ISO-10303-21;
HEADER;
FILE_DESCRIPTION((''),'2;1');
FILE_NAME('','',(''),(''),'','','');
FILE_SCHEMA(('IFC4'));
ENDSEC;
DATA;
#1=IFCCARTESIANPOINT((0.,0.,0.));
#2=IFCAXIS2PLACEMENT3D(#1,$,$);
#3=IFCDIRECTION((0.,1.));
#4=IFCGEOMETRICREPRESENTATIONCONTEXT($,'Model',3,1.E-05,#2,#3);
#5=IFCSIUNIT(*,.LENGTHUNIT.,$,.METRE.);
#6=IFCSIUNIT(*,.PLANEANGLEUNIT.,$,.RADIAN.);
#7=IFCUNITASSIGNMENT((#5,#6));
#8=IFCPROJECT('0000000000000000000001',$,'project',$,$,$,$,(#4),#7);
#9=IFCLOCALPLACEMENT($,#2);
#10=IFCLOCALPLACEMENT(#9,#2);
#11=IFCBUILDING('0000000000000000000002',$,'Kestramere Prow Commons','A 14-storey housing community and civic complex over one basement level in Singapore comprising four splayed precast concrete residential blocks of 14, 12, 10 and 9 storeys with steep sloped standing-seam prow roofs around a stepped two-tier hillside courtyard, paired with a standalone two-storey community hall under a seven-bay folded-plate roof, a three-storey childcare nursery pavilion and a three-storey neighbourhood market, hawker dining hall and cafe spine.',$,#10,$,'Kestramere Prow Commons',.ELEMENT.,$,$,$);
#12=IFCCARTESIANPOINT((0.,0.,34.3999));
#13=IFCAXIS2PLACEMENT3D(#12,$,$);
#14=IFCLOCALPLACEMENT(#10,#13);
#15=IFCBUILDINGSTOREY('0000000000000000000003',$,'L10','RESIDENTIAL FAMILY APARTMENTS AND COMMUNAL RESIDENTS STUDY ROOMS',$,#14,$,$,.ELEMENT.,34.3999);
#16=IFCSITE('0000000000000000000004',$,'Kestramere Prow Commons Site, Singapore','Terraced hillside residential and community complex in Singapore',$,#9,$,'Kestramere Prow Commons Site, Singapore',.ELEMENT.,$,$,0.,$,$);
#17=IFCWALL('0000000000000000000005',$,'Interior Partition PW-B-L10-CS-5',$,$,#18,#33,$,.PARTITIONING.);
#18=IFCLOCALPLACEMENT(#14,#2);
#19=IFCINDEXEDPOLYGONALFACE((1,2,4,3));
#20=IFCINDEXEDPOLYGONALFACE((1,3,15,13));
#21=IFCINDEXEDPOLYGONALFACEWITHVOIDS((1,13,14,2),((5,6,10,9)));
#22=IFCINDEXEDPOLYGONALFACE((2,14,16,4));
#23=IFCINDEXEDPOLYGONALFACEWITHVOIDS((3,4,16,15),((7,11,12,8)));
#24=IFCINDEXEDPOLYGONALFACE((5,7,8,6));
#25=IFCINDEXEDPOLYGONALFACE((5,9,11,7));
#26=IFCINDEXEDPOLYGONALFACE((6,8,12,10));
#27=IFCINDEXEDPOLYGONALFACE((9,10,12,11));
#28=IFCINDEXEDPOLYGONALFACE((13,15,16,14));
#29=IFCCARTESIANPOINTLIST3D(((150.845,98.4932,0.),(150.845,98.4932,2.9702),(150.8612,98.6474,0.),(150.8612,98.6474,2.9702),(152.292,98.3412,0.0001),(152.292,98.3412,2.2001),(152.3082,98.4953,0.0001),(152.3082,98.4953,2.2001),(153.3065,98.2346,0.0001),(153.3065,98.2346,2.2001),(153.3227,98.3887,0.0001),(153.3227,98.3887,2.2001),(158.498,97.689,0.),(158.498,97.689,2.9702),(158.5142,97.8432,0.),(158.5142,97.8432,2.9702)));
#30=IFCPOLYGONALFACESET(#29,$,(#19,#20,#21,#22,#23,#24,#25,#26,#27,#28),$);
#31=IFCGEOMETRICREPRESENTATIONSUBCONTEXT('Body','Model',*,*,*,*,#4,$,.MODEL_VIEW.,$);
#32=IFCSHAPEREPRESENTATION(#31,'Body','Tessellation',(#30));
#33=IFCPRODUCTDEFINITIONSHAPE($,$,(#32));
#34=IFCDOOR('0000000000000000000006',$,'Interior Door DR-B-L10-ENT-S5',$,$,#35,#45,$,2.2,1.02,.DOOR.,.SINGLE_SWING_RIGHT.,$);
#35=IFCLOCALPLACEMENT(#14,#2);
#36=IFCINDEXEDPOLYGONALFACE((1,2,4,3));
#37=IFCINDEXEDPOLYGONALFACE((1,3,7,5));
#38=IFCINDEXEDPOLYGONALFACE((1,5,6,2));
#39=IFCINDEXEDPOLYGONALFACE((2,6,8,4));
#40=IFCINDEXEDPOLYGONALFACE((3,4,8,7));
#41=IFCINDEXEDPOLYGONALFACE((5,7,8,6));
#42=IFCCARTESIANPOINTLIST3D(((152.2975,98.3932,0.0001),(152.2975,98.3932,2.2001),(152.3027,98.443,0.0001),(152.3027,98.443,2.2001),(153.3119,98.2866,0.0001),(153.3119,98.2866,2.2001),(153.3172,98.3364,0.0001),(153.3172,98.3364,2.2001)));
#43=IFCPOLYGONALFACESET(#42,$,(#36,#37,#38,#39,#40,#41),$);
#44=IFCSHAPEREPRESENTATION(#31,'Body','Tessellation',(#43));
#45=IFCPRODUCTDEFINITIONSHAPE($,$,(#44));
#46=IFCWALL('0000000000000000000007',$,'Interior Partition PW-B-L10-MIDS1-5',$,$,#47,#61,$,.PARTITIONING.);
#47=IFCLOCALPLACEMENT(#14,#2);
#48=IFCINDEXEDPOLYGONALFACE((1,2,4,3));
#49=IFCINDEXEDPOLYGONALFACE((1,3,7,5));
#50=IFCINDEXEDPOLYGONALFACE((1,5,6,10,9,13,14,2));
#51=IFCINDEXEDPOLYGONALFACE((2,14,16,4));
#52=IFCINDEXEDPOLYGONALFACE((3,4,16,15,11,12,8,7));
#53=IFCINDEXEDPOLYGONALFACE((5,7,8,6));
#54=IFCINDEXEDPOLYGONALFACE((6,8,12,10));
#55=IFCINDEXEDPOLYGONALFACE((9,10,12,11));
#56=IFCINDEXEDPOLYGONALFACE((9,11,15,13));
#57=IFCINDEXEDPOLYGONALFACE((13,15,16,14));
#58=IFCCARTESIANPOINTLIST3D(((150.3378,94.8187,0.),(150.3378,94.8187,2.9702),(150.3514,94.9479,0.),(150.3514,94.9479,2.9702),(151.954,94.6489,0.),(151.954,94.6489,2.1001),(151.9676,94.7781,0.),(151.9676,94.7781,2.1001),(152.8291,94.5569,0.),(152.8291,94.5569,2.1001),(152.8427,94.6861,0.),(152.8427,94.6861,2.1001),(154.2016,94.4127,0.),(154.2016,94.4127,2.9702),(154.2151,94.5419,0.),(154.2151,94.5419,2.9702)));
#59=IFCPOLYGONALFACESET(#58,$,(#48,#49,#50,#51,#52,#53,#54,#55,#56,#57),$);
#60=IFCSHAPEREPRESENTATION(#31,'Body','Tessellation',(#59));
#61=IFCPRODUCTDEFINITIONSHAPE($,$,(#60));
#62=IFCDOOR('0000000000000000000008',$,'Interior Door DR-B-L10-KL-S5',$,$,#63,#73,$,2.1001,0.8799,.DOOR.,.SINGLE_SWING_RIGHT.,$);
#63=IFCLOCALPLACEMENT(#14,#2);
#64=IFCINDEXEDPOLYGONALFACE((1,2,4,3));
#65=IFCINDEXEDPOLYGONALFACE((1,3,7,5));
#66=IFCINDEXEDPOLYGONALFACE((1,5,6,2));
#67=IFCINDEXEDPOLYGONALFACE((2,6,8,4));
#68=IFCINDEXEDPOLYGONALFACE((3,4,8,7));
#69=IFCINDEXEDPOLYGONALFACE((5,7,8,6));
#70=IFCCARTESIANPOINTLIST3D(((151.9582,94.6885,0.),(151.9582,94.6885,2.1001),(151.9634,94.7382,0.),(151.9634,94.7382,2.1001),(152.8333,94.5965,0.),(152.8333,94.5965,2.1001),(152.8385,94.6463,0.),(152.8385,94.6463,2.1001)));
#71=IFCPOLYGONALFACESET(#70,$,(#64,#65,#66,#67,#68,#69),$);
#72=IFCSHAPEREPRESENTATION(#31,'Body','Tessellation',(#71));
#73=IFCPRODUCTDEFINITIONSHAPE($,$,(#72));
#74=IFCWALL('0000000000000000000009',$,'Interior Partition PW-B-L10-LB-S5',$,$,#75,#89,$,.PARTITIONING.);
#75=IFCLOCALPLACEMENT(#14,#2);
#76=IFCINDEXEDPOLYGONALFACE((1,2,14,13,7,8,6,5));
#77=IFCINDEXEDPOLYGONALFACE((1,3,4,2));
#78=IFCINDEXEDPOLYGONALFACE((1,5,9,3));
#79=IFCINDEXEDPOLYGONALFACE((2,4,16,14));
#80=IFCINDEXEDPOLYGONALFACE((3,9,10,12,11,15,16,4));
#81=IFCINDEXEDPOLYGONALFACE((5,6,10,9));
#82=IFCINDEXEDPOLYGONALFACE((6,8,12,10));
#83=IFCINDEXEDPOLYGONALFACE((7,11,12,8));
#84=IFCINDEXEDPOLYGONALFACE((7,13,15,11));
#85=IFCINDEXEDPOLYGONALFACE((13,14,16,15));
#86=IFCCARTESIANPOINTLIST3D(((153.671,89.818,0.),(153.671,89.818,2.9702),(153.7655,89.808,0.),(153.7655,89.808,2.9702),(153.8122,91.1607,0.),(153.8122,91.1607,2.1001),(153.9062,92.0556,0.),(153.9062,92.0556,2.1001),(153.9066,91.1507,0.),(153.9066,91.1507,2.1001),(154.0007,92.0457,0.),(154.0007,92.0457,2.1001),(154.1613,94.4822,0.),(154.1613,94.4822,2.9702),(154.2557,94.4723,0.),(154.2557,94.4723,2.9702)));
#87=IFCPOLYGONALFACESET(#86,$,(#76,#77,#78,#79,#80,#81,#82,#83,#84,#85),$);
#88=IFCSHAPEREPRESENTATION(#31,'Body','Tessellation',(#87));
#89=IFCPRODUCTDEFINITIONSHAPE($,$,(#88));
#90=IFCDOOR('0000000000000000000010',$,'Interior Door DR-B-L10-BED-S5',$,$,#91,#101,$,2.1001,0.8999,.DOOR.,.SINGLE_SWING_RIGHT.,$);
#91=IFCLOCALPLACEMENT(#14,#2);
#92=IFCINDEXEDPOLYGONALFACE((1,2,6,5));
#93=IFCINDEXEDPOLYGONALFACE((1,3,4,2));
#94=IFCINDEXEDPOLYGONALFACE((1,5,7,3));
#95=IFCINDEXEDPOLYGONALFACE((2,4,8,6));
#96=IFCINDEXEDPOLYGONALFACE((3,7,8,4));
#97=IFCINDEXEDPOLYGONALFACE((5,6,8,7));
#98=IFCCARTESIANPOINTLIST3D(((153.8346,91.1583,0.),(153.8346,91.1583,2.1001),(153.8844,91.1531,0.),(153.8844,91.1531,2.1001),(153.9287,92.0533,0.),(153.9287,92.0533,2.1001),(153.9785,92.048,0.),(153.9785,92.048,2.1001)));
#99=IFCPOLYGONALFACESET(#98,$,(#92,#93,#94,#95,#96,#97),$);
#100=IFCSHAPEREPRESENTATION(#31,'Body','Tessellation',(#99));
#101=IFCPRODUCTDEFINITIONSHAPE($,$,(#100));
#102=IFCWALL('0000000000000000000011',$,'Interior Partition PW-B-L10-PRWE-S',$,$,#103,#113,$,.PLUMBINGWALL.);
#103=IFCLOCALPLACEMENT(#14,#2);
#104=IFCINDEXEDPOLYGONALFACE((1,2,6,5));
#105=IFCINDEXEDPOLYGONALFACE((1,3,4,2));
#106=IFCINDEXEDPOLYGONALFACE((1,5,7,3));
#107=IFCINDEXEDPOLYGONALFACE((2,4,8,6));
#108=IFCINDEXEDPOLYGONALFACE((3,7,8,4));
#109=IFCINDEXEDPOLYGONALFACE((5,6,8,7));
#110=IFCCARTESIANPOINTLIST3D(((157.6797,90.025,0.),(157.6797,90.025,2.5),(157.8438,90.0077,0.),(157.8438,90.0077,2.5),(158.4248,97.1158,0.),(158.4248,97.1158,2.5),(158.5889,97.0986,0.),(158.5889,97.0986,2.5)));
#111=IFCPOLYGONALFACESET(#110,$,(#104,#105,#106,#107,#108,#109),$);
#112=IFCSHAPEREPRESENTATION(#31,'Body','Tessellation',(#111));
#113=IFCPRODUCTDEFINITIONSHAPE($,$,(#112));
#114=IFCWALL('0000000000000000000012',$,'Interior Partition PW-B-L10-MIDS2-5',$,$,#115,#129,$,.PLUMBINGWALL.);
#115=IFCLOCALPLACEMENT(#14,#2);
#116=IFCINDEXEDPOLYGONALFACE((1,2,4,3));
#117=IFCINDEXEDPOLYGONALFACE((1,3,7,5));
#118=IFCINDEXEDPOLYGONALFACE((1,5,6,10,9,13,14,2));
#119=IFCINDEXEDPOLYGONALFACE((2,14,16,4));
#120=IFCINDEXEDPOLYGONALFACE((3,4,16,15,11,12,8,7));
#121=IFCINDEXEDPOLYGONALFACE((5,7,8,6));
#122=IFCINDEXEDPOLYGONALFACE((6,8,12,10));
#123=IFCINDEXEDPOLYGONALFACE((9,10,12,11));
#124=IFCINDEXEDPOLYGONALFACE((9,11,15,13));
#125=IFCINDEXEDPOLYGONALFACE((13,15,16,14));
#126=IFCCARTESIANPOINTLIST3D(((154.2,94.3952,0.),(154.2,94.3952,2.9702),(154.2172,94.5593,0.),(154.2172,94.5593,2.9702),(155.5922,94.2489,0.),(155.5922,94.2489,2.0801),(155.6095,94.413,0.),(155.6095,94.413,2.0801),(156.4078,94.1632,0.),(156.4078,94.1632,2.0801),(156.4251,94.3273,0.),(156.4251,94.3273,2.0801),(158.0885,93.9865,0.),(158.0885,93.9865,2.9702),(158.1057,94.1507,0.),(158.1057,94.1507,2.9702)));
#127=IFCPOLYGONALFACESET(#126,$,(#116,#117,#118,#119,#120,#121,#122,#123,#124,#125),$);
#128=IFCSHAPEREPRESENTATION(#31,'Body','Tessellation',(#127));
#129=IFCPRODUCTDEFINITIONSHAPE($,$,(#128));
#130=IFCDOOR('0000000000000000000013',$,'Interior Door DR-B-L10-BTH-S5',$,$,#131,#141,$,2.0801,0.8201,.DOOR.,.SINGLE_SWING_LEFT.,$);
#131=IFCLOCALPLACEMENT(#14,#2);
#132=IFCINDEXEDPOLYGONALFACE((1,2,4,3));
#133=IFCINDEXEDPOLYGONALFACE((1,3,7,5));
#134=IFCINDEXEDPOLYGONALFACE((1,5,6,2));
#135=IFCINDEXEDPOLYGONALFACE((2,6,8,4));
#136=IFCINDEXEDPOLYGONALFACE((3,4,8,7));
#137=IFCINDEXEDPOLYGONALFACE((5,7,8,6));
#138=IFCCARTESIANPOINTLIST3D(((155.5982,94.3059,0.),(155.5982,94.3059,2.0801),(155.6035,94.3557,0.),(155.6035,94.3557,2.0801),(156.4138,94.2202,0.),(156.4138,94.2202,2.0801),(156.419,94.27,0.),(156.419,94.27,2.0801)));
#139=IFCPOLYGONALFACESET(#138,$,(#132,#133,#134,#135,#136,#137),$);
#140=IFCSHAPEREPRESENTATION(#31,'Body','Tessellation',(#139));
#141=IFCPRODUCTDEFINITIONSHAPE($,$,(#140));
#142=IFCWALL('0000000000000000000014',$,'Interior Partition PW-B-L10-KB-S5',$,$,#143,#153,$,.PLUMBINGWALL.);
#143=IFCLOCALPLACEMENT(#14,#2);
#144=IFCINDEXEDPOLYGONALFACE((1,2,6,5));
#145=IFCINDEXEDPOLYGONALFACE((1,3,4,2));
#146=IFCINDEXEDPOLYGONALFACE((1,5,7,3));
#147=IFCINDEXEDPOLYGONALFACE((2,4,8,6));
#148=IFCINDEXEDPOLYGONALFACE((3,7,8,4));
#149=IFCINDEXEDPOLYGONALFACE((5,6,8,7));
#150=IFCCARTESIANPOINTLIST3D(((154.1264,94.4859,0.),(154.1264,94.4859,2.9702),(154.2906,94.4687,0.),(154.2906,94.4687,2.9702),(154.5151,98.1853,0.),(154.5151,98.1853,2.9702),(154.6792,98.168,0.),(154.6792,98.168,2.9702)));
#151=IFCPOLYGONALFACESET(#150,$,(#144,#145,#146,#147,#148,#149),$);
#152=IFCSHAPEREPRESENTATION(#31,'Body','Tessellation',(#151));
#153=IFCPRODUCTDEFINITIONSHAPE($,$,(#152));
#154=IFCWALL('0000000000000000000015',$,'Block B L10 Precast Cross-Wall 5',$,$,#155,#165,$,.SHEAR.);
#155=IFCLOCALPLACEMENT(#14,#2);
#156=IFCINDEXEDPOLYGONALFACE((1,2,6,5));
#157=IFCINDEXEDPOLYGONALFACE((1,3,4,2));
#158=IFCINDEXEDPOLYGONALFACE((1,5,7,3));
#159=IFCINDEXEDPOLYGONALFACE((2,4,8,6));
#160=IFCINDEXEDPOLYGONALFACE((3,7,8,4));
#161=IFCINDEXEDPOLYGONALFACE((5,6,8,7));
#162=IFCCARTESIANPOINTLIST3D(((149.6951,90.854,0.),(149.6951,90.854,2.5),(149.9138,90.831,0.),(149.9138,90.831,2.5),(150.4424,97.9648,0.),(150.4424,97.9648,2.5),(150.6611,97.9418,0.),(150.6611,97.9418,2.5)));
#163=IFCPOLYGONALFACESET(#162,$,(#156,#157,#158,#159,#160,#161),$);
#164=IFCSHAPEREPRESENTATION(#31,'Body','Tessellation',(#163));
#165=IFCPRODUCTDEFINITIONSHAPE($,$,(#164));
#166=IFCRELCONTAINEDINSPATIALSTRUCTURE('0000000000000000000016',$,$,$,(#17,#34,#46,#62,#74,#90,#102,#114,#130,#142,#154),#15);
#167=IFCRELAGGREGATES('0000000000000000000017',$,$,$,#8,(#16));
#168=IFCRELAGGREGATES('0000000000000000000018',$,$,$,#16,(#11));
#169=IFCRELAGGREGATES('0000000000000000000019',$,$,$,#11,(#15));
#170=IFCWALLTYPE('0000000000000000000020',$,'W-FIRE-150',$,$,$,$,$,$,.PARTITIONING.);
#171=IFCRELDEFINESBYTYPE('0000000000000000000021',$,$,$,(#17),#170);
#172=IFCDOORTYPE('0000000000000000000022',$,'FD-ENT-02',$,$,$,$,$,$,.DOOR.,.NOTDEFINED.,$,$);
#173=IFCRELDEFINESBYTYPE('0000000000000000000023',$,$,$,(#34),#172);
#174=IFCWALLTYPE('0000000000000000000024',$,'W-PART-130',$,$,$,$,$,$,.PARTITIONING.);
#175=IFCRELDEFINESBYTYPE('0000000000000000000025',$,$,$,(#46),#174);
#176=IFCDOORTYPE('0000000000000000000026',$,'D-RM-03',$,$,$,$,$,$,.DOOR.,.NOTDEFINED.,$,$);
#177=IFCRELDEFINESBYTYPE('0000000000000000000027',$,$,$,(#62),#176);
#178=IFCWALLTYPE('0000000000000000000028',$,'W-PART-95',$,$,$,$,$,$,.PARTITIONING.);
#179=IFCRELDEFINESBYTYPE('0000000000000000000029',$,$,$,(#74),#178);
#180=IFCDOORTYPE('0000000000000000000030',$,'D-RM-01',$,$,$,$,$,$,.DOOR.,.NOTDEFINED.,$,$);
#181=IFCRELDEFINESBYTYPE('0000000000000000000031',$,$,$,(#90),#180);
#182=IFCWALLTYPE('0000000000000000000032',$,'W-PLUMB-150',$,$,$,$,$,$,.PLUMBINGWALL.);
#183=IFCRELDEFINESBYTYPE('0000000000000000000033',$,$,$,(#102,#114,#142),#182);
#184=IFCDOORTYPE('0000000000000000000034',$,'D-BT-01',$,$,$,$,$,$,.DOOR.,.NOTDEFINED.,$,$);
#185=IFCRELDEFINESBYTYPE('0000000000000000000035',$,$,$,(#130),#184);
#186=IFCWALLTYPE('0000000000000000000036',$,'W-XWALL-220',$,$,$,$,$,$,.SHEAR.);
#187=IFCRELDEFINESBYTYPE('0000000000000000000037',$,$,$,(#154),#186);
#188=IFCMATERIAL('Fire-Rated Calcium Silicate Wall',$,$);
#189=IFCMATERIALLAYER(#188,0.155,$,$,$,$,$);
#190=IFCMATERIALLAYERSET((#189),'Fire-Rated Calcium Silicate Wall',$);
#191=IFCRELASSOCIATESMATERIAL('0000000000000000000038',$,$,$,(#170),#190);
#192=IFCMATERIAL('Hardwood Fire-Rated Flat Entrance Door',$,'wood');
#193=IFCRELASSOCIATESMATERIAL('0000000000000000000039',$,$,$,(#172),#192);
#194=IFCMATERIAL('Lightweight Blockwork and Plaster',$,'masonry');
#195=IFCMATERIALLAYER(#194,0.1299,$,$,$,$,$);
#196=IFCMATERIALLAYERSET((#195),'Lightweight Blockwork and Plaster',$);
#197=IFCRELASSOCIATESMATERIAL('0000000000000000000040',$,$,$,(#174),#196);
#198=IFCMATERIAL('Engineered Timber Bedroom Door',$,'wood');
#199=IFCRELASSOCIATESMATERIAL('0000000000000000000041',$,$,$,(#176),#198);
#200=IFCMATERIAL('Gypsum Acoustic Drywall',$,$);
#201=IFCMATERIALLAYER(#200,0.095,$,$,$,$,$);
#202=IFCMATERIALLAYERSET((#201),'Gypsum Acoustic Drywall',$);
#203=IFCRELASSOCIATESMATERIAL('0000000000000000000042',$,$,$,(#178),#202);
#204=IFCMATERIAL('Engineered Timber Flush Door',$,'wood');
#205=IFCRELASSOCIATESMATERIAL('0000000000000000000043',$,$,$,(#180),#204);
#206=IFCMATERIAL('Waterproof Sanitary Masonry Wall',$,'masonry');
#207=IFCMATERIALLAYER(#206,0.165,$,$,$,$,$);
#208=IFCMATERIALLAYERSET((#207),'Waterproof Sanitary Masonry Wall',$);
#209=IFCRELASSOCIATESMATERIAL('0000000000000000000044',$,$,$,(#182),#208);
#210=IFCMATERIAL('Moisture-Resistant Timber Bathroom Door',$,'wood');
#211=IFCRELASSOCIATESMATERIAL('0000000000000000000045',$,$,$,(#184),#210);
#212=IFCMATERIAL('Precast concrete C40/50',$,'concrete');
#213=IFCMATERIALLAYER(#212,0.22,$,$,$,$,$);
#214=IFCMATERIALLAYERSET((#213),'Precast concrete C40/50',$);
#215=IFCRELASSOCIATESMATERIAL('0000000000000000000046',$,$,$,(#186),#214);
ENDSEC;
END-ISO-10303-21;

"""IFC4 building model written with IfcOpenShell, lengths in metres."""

from ifc_helpers import new_model, si_unit, direction, frame, frame_2d, origin, place, context, subcontext, project, spatial, rectangle, extrude, material, layer, layer_set, type_object, element, fill, save


model = new_model("IFC4")

# Units and contexts
model_context = context("Model", 3, precision=1e-05, world=origin(), true_north=direction((0.0, 1.0)))
body_context = subcontext(model_context, "Body", "Model", "MODEL_VIEW")
ifc_project = project(units=[si_unit("LENGTHUNIT", "METRE"), si_unit("PLANEANGLEUNIT", "RADIAN")], contexts=[model_context])

# Site, building, storey
site_placement = place(None, origin())
site = spatial("IfcSite", under=ifc_project, at=site_placement, Name="Kestramere Prow Commons Site, Singapore", Description="Terraced hillside residential and community complex in Singapore", LongName="Kestramere Prow Commons Site, Singapore", CompositionType="ELEMENT", RefElevation=0.0)
building_placement = place(site_placement, origin())
building = spatial("IfcBuilding", under=site, at=building_placement, Name="Kestramere Prow Commons", Description="A 14-storey housing community and civic complex over one basement level in Singapore comprising four splayed precast concrete residential blocks of 14, 12, 10 and 9 storeys with steep sloped standing-seam prow roofs around a stepped two-tier hillside courtyard, paired with a standalone two-storey community hall under a seven-bay folded-plate roof, a three-storey childcare nursery pavilion and a three-storey neighbourhood market, hawker dining hall and cafe spine.", LongName="Kestramere Prow Commons", CompositionType="ELEMENT")
storey_placement = place(building_placement, frame((0.0, 0.0, 34.3999)))
storey = spatial("IfcBuildingStorey", under=building, at=storey_placement, Name="L10", Description="RESIDENTIAL FAMILY APARTMENTS AND COMMUNAL RESIDENTS STUDY ROOMS", CompositionType="ELEMENT", Elevation=34.3999)

# Shared definitions
ifc_material_1 = material(Name="Precast concrete C40/50", Category="concrete")

# Walls, openings, doors
ifc_material_2 = material(Name="Fire-Rated Calcium Silicate Wall")
ifc_layer_1 = layer(ifc_material_2, 0.155)
ifc_layer_set_1 = layer_set([ifc_layer_1], Name="Fire-Rated Calcium Silicate Wall")
wall_type_1 = type_object("IfcWallType", Name="W-FIRE-150", PredefinedType="PARTITIONING", material=ifc_layer_set_1)
wall_1_placement = place(storey_placement, frame((150.853, 98.5703, 0.0), z_axis=(0.0, 0.0, 1.0), x_axis=(0.994524, -0.10451, 0.0)))
wall_1 = element("IfcWall", 1, at=wall_1_placement, inside=storey, type_object=wall_type_1, Name="Interior Partition PW-B-L10-CS-5", PredefinedType="PARTITIONING", context=body_context, shape_type="SweptSolid", body=[
    extrude(rectangle(XDim=7.6951, YDim=0.155, at=frame_2d((3.8477, 0.0))), origin(), (0.0, 0.0, 1.0), 2.9702),
])
opening_1_placement = place(wall_1_placement, frame((1.4551, 0.0, 0.0)))
opening_1 = element("IfcOpeningElement", 2, at=opening_1_placement, cuts=wall_1, PredefinedType="OPENING", context=body_context, shape_type="SweptSolid", body=[
    extrude(rectangle(XDim=1.02, YDim=2.2, at=frame_2d((0.51, 1.1001))), frame((0.0, 0.0925, 0.0), z_axis=(0.0, -1.0, 0.0), x_axis=(1.0, 0.0, 0.0)), (0.0, 0.0, 1.0), 0.1851),
])
ifc_material_3 = material(Name="Hardwood Fire-Rated Flat Entrance Door", Category="wood")
door_type_1 = type_object("IfcDoorType", Name="FD-ENT-02", OperationType="NOTDEFINED", PredefinedType="DOOR", material=ifc_material_3)
door_1_placement = place(opening_1_placement, origin())
door_1 = element("IfcDoor", 3, at=door_1_placement, inside=storey, type_object=door_type_1, Name="Interior Door DR-B-L10-ENT-S5", OperationType="SINGLE_SWING_RIGHT", OverallHeight=2.2, OverallWidth=1.02, PredefinedType="DOOR", context=body_context, shape_type="SweptSolid", body=[
    extrude(rectangle(XDim=1.02, YDim=2.2, at=frame_2d((0.51, 1.1001))), frame((0.0, 0.0249, 0.0), z_axis=(0.0, -1.0, 0.0), x_axis=(1.0, 0.0, 0.0)), (0.0, 0.0, 1.0), 0.05),
])
fill(opening_1, door_1)
ifc_material_4 = material(Name="Lightweight Blockwork and Plaster", Category="masonry")
ifc_layer_2 = layer(ifc_material_4, 0.1299)
ifc_layer_set_2 = layer_set([ifc_layer_2], Name="Lightweight Blockwork and Plaster")
wall_type_2 = type_object("IfcWallType", Name="W-PART-130", PredefinedType="PARTITIONING", material=ifc_layer_set_2)
wall_2_placement = place(storey_placement, frame((150.3447, 94.8833, 0.0), z_axis=(0.0, 0.0, 1.0), x_axis=(0.994524, -0.104505, 0.0)))
wall_2 = element("IfcWall", 4, at=wall_2_placement, inside=storey, type_object=wall_type_2, Name="Interior Partition PW-B-L10-MIDS1-5", PredefinedType="PARTITIONING", context=body_context, shape_type="SweptSolid", body=[
    extrude(rectangle(XDim=3.885, YDim=0.1299, at=frame_2d((1.9424, 0.0))), origin(), (0.0, 0.0, 1.0), 2.9702),
])
opening_2_placement = place(wall_2_placement, frame((1.625, 0.0, 0.0)))
opening_2 = element("IfcOpeningElement", 5, at=opening_2_placement, cuts=wall_2, PredefinedType="OPENING", context=body_context, shape_type="SweptSolid", body=[
    extrude(rectangle(XDim=0.8799, YDim=2.1001, at=frame_2d((0.4399, 1.05))), frame((0.0, 0.0798, 0.0), z_axis=(0.0, -1.0, 0.0), x_axis=(1.0, 0.0, 0.0)), (0.0, 0.0, 1.0), 0.1599),
])
ifc_material_5 = material(Name="Engineered Timber Bedroom Door", Category="wood")
door_type_2 = type_object("IfcDoorType", Name="D-RM-03", OperationType="NOTDEFINED", PredefinedType="DOOR", material=ifc_material_5)
door_2_placement = place(opening_2_placement, origin())
door_2 = element("IfcDoor", 6, at=door_2_placement, inside=storey, type_object=door_type_2, Name="Interior Door DR-B-L10-KL-S5", OperationType="SINGLE_SWING_RIGHT", OverallHeight=2.1001, OverallWidth=0.8799, PredefinedType="DOOR", context=body_context, shape_type="SweptSolid", body=[
    extrude(rectangle(XDim=0.8799, YDim=2.1001, at=frame_2d((0.4399, 1.05))), frame((0.0, 0.0249, 0.0), z_axis=(0.0, -1.0, 0.0), x_axis=(1.0, 0.0, 0.0)), (0.0, 0.0, 1.0), 0.05),
])
fill(opening_2, door_2)
ifc_material_6 = material(Name="Gypsum Acoustic Drywall")
ifc_layer_3 = layer(ifc_material_6, 0.095)
ifc_layer_set_3 = layer_set([ifc_layer_3], Name="Gypsum Acoustic Drywall")
wall_type_3 = type_object("IfcWallType", Name="W-PART-95", PredefinedType="PARTITIONING", material=ifc_layer_set_3)
wall_3_placement = place(storey_placement, frame((153.7183, 89.813, 0.0), z_axis=(0.0, 0.0, 1.0), x_axis=(0.104528, 0.994522, 0.0)))
wall_3 = element("IfcWall", 7, at=wall_3_placement, inside=storey, type_object=wall_type_3, Name="Interior Partition PW-B-L10-LB-S5", PredefinedType="PARTITIONING", context=body_context, shape_type="SweptSolid", body=[
    extrude(rectangle(XDim=4.6899, YDim=0.095, at=frame_2d((2.345, 0.0))), origin(), (0.0, 0.0, 1.0), 2.9702),
])
opening_3_placement = place(wall_3_placement, frame((1.3501, 0.0, 0.0)))
opening_3 = element("IfcOpeningElement", 8, at=opening_3_placement, cuts=wall_3, PredefinedType="OPENING", context=body_context, shape_type="SweptSolid", body=[
    extrude(rectangle(XDim=0.8999, YDim=2.1001, at=frame_2d((0.45, 1.05))), frame((0.0, 0.0625, 0.0), z_axis=(0.0, -1.0, 0.0), x_axis=(1.0, 0.0, 0.0)), (0.0, 0.0, 1.0), 0.125),
])
ifc_material_7 = material(Name="Engineered Timber Flush Door", Category="wood")
door_type_3 = type_object("IfcDoorType", Name="D-RM-01", OperationType="NOTDEFINED", PredefinedType="DOOR", material=ifc_material_7)
door_3_placement = place(opening_3_placement, origin())
door_3 = element("IfcDoor", 9, at=door_3_placement, inside=storey, type_object=door_type_3, Name="Interior Door DR-B-L10-BED-S5", OperationType="SINGLE_SWING_RIGHT", OverallHeight=2.1001, OverallWidth=0.8999, PredefinedType="DOOR", context=body_context, shape_type="SweptSolid", body=[
    extrude(rectangle(XDim=0.8999, YDim=2.1001, at=frame_2d((0.45, 1.05))), frame((0.0, 0.0249, 0.0), z_axis=(0.0, -1.0, 0.0), x_axis=(1.0, 0.0, 0.0)), (0.0, 0.0, 1.0), 0.05),
])
fill(opening_3, door_3)

# Wall
ifc_material_8 = material(Name="Waterproof Sanitary Masonry Wall", Category="masonry")
ifc_layer_4 = layer(ifc_material_8, 0.165)
ifc_layer_set_4 = layer_set([ifc_layer_4], Name="Waterproof Sanitary Masonry Wall")
wall_type_4 = type_object("IfcWallType", Name="W-PLUMB-150", PredefinedType="PLUMBINGWALL", material=ifc_layer_set_4)
wall_4_placement = place(storey_placement, frame((157.7617, 90.0164, 0.0), z_axis=(0.0, 0.0, 1.0), x_axis=(0.104507, 0.994524, 0.0)))
element("IfcWall", 10, at=wall_4_placement, inside=storey, type_object=wall_type_4, Name="Interior Partition PW-B-L10-PRWE-S", PredefinedType="PLUMBINGWALL", context=body_context, shape_type="SweptSolid", body=[
    extrude(rectangle(XDim=7.1299, YDim=0.165, at=frame_2d((3.5649, 0.0))), origin(), (0.0, 0.0, 1.0), 2.5),
])

# Wall, opening, door
wall_5_placement = place(storey_placement, frame((154.2085, 94.4773, 0.0), z_axis=(0.0, 0.0, 1.0), x_axis=(0.994522, -0.104529, 0.0)))
wall_5 = element("IfcWall", 11, at=wall_5_placement, inside=storey, type_object=wall_type_4, Name="Interior Partition PW-B-L10-MIDS2-5", PredefinedType="PLUMBINGWALL", context=body_context, shape_type="SweptSolid", body=[
    extrude(rectangle(XDim=3.9099, YDim=0.165, at=frame_2d((1.9551, 0.0))), origin(), (0.0, 0.0, 1.0), 2.9702),
])
opening_4_placement = place(wall_5_placement, frame((1.3999, 0.0, 0.0)))
opening_4 = element("IfcOpeningElement", 12, at=opening_4_placement, cuts=wall_5, PredefinedType="OPENING", context=body_context, shape_type="SweptSolid", body=[
    extrude(rectangle(XDim=0.8201, YDim=2.0801, at=frame_2d((0.4102, 1.04))), frame((0.0, 0.0974, 0.0), z_axis=(0.0, -1.0, 0.0), x_axis=(1.0, 0.0, 0.0)), (0.0, 0.0, 1.0), 0.1951),
])
ifc_material_9 = material(Name="Moisture-Resistant Timber Bathroom Door", Category="wood")
door_type_4 = type_object("IfcDoorType", Name="D-BT-01", OperationType="NOTDEFINED", PredefinedType="DOOR", material=ifc_material_9)
door_4_placement = place(opening_4_placement, origin())
door_4 = element("IfcDoor", 13, at=door_4_placement, inside=storey, type_object=door_type_4, Name="Interior Door DR-B-L10-BTH-S5", OperationType="SINGLE_SWING_LEFT", OverallHeight=2.0801, OverallWidth=0.8201, PredefinedType="DOOR", context=body_context, shape_type="SweptSolid", body=[
    extrude(rectangle(XDim=0.8201, YDim=2.0801, at=frame_2d((0.4102, 1.04))), frame((0.0, 0.0249, 0.0), z_axis=(0.0, -1.0, 0.0), x_axis=(1.0, 0.0, 0.0)), (0.0, 0.0, 1.0), 0.05),
])
fill(opening_4, door_4)

# Walls
wall_6_placement = place(storey_placement, frame((154.2085, 94.4773, 0.0), z_axis=(0.0, 0.0, 1.0), x_axis=(0.104487, 0.994526, 0.0)))
element("IfcWall", 14, at=wall_6_placement, inside=storey, type_object=wall_type_4, Name="Interior Partition PW-B-L10-KB-S5", PredefinedType="PLUMBINGWALL", context=body_context, shape_type="SweptSolid", body=[
    extrude(rectangle(XDim=3.7197, YDim=0.165, at=frame_2d((1.8599, 0.0))), origin(), (0.0, 0.0, 1.0), 2.9702),
])
ifc_layer_5 = layer(ifc_material_1, 0.22)
ifc_layer_set_5 = layer_set([ifc_layer_5], Name="Precast concrete C40/50")
wall_type_5 = type_object("IfcWallType", Name="W-XWALL-220", PredefinedType="SHEAR", material=ifc_layer_set_5)
wall_7_placement = place(storey_placement, frame((149.8044, 90.8425, 0.0), z_axis=(0.0, 0.0, 1.0), x_axis=(0.104519, 0.994523, 0.0)))
element("IfcWall", 15, at=wall_7_placement, inside=storey, type_object=wall_type_5, Name="Block B L10 Precast Cross-Wall 5", PredefinedType="SHEAR", context=body_context, shape_type="SweptSolid", body=[
    extrude(rectangle(XDim=7.1499, YDim=0.22, at=frame_2d((3.575, 0.0))), origin(), (0.0, 0.0, 1.0), 2.5),
])

save(model, "model.ifc")
